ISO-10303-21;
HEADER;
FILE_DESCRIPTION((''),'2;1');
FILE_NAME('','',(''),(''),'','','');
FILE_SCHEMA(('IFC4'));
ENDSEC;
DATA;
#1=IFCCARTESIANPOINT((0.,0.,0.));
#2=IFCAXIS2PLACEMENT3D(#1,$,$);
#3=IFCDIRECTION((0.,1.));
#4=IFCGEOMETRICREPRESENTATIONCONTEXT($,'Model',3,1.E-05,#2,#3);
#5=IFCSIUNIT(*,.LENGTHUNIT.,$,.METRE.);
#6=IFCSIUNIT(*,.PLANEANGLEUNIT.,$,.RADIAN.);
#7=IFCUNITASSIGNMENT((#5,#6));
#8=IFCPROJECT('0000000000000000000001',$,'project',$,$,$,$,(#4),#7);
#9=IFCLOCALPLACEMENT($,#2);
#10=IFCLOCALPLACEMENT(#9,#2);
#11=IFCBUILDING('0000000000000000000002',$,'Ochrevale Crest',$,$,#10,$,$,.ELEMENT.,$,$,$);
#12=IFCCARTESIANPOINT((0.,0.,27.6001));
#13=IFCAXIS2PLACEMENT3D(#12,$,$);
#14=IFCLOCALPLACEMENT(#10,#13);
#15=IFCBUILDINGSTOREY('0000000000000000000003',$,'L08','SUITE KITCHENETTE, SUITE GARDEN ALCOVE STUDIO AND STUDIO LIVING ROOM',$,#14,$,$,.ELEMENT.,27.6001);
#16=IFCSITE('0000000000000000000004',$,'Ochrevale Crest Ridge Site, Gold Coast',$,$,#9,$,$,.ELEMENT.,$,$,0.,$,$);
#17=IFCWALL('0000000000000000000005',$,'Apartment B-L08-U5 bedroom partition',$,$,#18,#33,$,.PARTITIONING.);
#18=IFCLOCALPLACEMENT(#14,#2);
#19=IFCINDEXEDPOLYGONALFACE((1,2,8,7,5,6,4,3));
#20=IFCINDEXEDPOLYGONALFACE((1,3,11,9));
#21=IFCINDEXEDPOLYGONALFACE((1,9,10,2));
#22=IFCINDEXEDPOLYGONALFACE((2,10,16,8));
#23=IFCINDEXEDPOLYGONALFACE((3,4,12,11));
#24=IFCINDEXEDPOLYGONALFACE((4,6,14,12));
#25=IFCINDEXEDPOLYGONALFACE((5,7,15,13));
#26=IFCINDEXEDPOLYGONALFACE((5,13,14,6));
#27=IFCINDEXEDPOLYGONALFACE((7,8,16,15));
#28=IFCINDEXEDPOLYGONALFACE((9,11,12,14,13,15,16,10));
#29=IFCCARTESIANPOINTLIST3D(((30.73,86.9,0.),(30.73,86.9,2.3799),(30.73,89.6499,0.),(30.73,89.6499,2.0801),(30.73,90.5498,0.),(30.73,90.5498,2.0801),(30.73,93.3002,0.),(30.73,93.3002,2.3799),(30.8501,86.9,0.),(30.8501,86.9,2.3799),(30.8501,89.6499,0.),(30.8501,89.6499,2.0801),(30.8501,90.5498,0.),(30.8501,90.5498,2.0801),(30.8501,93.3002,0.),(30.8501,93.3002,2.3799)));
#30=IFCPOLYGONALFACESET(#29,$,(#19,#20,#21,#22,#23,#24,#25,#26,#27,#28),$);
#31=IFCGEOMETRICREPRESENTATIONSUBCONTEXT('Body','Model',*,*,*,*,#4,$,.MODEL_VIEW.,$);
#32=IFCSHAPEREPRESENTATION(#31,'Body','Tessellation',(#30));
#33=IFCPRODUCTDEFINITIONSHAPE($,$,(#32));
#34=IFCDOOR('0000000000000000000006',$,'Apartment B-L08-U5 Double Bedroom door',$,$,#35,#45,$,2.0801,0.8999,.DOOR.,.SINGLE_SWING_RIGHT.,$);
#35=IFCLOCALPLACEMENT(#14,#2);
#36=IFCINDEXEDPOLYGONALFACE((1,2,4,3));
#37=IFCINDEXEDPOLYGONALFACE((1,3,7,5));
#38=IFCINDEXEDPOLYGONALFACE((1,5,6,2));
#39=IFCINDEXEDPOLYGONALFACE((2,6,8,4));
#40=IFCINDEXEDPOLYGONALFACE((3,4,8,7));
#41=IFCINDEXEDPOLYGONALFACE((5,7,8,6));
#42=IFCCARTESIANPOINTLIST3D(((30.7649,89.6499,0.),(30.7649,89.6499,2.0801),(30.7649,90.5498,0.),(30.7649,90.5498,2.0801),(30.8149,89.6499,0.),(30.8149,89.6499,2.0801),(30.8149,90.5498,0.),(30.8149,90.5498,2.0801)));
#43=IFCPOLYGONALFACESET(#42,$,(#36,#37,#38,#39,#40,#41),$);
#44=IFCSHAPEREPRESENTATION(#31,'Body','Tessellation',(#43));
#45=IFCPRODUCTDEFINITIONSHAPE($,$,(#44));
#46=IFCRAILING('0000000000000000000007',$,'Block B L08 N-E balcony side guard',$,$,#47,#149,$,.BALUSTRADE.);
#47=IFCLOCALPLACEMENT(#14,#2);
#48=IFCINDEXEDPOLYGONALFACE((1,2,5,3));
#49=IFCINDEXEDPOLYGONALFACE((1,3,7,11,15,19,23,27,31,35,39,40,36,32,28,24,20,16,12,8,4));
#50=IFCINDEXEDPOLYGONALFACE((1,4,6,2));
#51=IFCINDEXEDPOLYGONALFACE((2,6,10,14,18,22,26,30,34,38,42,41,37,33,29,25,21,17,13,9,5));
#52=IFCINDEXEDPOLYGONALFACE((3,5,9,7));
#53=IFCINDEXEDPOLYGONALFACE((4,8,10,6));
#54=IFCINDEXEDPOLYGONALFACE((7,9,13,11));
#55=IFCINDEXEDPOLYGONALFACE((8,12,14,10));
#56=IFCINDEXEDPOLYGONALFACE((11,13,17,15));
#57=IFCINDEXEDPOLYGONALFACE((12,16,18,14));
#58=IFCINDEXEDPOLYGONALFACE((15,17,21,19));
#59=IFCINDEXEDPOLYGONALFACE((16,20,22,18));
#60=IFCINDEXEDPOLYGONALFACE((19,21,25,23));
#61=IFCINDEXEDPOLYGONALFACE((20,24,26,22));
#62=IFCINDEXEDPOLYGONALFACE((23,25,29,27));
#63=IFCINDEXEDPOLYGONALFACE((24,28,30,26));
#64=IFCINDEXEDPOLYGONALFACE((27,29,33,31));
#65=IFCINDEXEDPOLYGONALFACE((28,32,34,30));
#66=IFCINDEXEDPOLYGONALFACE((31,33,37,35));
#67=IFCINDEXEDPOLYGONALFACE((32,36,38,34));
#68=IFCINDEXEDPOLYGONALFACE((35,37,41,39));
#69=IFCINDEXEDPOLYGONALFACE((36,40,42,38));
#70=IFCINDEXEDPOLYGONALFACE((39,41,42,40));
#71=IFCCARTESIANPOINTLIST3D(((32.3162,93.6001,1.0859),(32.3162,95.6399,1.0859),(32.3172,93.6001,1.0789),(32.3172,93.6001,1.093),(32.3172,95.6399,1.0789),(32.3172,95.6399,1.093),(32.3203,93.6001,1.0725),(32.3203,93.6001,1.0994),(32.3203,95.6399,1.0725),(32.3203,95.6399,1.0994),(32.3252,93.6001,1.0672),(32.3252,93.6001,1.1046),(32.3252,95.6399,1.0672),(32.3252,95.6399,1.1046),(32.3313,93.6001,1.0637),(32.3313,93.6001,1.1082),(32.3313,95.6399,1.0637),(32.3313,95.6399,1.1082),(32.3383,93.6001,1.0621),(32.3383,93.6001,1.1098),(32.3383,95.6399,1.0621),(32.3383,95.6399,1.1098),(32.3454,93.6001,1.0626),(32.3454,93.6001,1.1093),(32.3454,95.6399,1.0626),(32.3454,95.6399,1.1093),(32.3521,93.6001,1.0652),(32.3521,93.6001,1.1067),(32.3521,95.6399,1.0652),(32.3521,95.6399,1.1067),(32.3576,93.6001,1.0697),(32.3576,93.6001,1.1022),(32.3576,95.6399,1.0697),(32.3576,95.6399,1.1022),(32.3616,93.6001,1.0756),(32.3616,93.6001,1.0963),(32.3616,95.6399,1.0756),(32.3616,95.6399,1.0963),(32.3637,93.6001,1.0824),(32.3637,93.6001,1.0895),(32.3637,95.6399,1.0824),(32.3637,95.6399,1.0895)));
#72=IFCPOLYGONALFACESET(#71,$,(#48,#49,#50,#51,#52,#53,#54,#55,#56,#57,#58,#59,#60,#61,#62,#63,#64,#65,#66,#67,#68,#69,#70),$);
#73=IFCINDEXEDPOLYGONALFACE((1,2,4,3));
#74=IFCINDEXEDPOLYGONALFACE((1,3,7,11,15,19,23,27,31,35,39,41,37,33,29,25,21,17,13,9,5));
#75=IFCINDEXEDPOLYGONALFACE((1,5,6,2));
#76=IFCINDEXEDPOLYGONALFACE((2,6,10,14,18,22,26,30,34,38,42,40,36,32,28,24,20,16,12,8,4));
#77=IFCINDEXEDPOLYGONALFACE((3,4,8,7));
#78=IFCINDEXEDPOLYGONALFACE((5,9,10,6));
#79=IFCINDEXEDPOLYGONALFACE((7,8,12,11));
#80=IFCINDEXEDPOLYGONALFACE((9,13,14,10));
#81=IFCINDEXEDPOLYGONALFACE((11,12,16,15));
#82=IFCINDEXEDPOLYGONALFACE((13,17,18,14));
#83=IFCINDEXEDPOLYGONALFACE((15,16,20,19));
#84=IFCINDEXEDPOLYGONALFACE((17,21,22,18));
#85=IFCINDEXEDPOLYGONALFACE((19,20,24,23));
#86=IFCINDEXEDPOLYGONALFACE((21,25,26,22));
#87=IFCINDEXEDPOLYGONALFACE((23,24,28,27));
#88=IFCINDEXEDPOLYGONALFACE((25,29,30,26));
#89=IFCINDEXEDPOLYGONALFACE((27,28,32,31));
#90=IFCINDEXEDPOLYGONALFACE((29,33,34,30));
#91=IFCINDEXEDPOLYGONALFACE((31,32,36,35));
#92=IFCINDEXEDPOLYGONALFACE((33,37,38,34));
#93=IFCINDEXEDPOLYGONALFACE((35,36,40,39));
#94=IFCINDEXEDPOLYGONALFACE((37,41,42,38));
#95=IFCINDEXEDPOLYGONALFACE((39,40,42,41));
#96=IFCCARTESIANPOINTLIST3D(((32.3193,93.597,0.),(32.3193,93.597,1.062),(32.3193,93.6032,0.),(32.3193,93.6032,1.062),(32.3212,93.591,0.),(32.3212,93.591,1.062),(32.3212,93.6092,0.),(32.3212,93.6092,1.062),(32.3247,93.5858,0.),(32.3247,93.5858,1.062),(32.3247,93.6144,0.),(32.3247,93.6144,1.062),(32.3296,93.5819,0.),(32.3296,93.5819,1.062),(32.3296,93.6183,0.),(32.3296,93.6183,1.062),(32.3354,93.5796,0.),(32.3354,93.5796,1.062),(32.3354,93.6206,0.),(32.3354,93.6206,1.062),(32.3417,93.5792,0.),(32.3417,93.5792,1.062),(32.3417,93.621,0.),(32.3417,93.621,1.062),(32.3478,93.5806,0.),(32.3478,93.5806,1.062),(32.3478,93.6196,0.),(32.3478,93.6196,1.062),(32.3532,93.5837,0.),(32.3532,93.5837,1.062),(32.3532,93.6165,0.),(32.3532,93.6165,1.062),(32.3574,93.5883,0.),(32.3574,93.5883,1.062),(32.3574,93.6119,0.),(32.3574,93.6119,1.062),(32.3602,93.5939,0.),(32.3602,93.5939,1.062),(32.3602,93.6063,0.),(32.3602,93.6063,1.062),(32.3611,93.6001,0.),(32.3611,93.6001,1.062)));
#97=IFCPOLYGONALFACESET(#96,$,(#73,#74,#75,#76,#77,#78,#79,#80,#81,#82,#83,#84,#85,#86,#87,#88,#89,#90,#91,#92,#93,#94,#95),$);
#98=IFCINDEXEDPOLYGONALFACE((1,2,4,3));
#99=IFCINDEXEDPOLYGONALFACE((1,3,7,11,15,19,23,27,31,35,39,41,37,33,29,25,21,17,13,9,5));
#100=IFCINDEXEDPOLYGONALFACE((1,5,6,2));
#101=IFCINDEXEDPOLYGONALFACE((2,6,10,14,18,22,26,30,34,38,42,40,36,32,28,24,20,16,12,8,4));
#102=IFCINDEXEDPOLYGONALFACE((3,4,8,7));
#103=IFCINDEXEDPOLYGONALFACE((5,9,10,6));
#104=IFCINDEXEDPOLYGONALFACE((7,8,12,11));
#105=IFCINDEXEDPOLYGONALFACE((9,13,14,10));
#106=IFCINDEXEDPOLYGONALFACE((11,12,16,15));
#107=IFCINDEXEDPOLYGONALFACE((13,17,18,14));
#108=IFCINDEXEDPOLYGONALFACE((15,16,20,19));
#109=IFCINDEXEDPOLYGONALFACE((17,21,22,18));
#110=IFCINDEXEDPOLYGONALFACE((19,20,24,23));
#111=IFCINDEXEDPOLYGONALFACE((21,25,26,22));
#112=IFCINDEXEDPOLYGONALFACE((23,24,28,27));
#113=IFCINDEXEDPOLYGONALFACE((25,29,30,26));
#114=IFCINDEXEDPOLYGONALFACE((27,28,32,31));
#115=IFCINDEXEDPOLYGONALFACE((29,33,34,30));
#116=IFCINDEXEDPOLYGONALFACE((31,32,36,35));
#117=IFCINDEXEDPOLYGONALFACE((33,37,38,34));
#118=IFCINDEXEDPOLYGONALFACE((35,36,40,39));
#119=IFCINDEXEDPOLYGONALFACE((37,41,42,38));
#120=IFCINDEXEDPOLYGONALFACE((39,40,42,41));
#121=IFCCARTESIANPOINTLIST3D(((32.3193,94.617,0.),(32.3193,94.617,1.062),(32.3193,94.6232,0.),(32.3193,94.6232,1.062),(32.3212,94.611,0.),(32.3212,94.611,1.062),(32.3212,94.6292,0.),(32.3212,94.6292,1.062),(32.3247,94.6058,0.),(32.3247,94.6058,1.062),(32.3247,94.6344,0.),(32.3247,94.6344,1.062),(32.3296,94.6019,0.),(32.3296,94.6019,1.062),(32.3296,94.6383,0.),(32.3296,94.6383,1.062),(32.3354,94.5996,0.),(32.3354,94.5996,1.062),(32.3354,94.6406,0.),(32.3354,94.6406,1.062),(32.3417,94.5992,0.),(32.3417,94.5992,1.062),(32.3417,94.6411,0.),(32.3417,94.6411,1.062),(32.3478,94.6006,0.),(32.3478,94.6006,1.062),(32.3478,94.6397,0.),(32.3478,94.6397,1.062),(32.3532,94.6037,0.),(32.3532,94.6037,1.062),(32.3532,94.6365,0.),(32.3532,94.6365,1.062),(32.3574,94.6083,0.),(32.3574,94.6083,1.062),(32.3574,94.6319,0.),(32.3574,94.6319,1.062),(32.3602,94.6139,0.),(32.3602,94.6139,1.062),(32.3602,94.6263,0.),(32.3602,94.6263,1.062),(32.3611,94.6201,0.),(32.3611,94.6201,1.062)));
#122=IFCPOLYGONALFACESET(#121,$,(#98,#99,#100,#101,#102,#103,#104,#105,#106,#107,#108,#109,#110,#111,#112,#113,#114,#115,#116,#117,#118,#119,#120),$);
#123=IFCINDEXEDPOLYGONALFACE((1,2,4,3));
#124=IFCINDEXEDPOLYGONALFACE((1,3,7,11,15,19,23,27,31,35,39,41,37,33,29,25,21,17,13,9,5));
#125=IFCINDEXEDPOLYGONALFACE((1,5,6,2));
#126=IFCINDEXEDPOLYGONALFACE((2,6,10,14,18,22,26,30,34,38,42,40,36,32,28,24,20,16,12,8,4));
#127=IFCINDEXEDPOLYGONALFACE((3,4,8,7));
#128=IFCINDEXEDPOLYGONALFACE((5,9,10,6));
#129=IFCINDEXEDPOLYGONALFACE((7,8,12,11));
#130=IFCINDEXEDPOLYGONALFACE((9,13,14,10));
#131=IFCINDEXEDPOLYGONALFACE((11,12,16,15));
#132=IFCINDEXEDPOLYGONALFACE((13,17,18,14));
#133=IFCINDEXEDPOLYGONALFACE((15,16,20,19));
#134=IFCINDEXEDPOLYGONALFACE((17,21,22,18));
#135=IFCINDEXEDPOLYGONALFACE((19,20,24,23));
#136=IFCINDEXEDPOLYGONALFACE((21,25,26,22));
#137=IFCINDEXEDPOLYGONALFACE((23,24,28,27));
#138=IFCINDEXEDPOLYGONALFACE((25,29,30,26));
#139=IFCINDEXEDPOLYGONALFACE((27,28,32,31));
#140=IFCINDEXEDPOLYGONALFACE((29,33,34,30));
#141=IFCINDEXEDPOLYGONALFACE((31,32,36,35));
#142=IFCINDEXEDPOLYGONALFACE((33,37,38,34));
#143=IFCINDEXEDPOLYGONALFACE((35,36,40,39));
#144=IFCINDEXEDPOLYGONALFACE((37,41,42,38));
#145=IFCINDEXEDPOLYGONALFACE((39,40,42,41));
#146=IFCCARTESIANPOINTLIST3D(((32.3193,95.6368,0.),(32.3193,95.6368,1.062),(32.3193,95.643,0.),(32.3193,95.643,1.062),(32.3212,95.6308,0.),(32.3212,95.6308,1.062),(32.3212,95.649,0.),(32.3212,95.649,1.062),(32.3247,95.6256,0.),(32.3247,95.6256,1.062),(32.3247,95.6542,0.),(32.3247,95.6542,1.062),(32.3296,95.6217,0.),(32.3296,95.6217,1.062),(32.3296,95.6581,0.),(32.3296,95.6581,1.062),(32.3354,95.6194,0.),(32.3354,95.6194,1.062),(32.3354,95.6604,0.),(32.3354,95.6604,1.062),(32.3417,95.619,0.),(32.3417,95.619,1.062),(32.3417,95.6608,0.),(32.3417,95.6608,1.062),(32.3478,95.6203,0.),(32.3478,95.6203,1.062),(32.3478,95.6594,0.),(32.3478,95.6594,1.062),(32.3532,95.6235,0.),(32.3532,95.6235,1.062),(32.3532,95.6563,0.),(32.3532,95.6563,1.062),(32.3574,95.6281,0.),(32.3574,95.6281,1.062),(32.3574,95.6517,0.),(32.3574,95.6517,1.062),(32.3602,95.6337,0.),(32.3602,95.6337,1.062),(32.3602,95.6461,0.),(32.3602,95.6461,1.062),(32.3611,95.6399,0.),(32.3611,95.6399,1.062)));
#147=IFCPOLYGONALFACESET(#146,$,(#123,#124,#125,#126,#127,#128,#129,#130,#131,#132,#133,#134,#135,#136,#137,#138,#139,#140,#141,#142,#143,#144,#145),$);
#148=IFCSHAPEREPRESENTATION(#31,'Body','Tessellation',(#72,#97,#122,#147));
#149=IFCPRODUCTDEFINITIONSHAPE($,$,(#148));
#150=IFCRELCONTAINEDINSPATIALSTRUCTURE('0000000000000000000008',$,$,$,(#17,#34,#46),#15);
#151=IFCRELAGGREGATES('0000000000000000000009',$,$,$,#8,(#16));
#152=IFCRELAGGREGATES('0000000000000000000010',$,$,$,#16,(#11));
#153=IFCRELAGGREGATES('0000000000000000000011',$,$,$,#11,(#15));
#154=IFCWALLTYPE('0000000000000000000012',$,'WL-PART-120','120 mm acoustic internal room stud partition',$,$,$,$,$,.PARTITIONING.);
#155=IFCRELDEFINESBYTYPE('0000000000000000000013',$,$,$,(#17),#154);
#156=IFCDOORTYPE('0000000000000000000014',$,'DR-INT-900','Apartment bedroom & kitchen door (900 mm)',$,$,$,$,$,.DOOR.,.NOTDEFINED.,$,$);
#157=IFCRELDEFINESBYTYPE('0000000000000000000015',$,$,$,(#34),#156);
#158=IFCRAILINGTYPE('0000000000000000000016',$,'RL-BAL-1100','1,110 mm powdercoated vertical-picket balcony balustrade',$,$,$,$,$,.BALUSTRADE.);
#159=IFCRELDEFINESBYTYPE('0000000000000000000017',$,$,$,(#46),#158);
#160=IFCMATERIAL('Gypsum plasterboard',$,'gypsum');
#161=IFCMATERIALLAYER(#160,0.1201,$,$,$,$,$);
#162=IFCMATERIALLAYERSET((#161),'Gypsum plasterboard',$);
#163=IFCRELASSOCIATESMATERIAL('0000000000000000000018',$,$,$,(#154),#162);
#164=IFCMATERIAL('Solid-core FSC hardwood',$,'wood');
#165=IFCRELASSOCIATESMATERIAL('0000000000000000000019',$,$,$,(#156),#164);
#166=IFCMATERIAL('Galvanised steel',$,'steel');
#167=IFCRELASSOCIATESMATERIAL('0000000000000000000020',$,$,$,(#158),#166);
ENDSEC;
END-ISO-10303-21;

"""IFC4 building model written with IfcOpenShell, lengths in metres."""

from ifc_helpers import new_model, si_unit, direction, frame, frame_2d, origin, origin_2d, place, context, subcontext, project, spatial, rectangle, circle, extrude, material, layer, layer_set, type_object, element, fill, save


model = new_model("IFC4")

# Units and contexts
model_context = context("Model", 3, precision=1e-05, world=origin(), true_north=direction((0.0, 1.0)))
body_context = subcontext(model_context, "Body", "Model", "MODEL_VIEW")
ifc_project = project(units=[si_unit("LENGTHUNIT", "METRE"), si_unit("PLANEANGLEUNIT", "RADIAN")], contexts=[model_context])

# Site, building, storey
site_placement = place(None, origin())
site = spatial("IfcSite", under=ifc_project, at=site_placement, Name="Ochrevale Crest Ridge Site, Gold Coast", CompositionType="ELEMENT", RefElevation=0.0)
building_placement = place(site_placement, origin())
building = spatial("IfcBuilding", under=site, at=building_placement, Name="Ochrevale Crest", CompositionType="ELEMENT")
storey_placement = place(building_placement, frame((0.0, 0.0, 27.6001)))
storey = spatial("IfcBuildingStorey", under=building, at=storey_placement, Name="L08", Description="SUITE KITCHENETTE, SUITE GARDEN ALCOVE STUDIO AND STUDIO LIVING ROOM", CompositionType="ELEMENT", Elevation=27.6001)

# Shared definitions
ifc_material_1 = material(Name="Gypsum plasterboard", Category="gypsum")
ifc_layer_1 = layer(ifc_material_1, 0.1201)
ifc_layer_set_1 = layer_set([ifc_layer_1], Name="Gypsum plasterboard")
wall_type_1 = type_object("IfcWallType", Name="WL-PART-120", Description="120 mm acoustic internal room stud partition", PredefinedType="PARTITIONING", material=ifc_layer_set_1)
ifc_material_2 = material(Name="Solid-core FSC hardwood", Category="wood")
door_type_1 = type_object("IfcDoorType", Name="DR-INT-900", Description="Apartment bedroom & kitchen door (900 mm)", OperationType="NOTDEFINED", PredefinedType="DOOR", material=ifc_material_2)

# Wall, opening, door
wall_1_placement = place(storey_placement, frame((30.79, 86.8999, 0.0), z_axis=(0.0, 0.0, 1.0), x_axis=(0.0, 1.0, 0.0)))
wall_1 = element("IfcWall", 1, at=wall_1_placement, inside=storey, type_object=wall_type_1, Name="Apartment B-L08-U5 bedroom partition", PredefinedType="PARTITIONING", context=body_context, shape_type="SweptSolid", body=[
    extrude(rectangle(XDim=6.4001, YDim=0.1201, at=frame_2d((3.2002, 0.0))), origin(), (0.0, 0.0, 1.0), 2.3799),
])
opening_1_placement = place(wall_1_placement, frame((3.6499, 0.0, 0.0), z_axis=(0.0, 0.0, 1.0), x_axis=(-1.0, 0.0, 0.0)))
opening_1 = element("IfcOpeningElement", 2, at=opening_1_placement, cuts=wall_1, PredefinedType="OPENING", context=body_context, shape_type="SweptSolid", body=[
    extrude(rectangle(XDim=0.8999, YDim=2.0801, at=frame_2d((0.45, 1.04))), frame((0.0, 0.0701, 0.0), z_axis=(0.0, -1.0, 0.0), x_axis=(1.0, 0.0, 0.0)), (0.0, 0.0, 1.0), 0.1401),
])
door_1_placement = place(opening_1_placement, origin())
door_1 = element("IfcDoor", 3, at=door_1_placement, inside=storey, type_object=door_type_1, Name="Apartment B-L08-U5 Double Bedroom door", OperationType="SINGLE_SWING_RIGHT", OverallHeight=2.0801, OverallWidth=0.8999, PredefinedType="DOOR", context=body_context, shape_type="SweptSolid", body=[
    extrude(rectangle(XDim=0.8999, YDim=2.0801, at=frame_2d((0.45, 1.04))), frame((0.0, 0.0249, 0.0), z_axis=(0.0, -1.0, 0.0), x_axis=(1.0, 0.0, 0.0)), (0.0, 0.0, 1.0), 0.05),
])
fill(opening_1, door_1)

# Railing
ifc_material_3 = material(Name="Galvanised steel", Category="steel")
railing_type = type_object("IfcRailingType", Name="RL-BAL-1100", Description="1,110 mm powdercoated vertical-picket balcony balustrade", PredefinedType="BALUSTRADE", material=ifc_material_3)
railing_placement = place(storey_placement, frame((32.3401, 93.6001, 0.0)))
element("IfcRailing", 4, at=railing_placement, inside=storey, type_object=railing_type, Name="Block B L08 N-E balcony side guard", PredefinedType="BALUSTRADE", context=body_context, shape_type="SweptSolid", body=[
    extrude(circle(Radius=0.0239, at=origin_2d()), frame((0.0, 0.0, 1.0859), z_axis=(0.0, 1.0, 0.0), x_axis=(-1.0, 0.0, 0.0)), (0.0, 0.0, 1.0), 2.0398),
    extrude(circle(Radius=0.021, at=origin_2d()), origin(), (0.0, 0.0, 1.0), 1.062),
    extrude(circle(Radius=0.021, at=origin_2d()), frame((0.0, 1.02, 0.0)), (0.0, 0.0, 1.0), 1.062),
    extrude(circle(Radius=0.021, at=origin_2d()), frame((0.0, 2.0398, 0.0)), (0.0, 0.0, 1.0), 1.062),
])

save(model, "model.ifc")
